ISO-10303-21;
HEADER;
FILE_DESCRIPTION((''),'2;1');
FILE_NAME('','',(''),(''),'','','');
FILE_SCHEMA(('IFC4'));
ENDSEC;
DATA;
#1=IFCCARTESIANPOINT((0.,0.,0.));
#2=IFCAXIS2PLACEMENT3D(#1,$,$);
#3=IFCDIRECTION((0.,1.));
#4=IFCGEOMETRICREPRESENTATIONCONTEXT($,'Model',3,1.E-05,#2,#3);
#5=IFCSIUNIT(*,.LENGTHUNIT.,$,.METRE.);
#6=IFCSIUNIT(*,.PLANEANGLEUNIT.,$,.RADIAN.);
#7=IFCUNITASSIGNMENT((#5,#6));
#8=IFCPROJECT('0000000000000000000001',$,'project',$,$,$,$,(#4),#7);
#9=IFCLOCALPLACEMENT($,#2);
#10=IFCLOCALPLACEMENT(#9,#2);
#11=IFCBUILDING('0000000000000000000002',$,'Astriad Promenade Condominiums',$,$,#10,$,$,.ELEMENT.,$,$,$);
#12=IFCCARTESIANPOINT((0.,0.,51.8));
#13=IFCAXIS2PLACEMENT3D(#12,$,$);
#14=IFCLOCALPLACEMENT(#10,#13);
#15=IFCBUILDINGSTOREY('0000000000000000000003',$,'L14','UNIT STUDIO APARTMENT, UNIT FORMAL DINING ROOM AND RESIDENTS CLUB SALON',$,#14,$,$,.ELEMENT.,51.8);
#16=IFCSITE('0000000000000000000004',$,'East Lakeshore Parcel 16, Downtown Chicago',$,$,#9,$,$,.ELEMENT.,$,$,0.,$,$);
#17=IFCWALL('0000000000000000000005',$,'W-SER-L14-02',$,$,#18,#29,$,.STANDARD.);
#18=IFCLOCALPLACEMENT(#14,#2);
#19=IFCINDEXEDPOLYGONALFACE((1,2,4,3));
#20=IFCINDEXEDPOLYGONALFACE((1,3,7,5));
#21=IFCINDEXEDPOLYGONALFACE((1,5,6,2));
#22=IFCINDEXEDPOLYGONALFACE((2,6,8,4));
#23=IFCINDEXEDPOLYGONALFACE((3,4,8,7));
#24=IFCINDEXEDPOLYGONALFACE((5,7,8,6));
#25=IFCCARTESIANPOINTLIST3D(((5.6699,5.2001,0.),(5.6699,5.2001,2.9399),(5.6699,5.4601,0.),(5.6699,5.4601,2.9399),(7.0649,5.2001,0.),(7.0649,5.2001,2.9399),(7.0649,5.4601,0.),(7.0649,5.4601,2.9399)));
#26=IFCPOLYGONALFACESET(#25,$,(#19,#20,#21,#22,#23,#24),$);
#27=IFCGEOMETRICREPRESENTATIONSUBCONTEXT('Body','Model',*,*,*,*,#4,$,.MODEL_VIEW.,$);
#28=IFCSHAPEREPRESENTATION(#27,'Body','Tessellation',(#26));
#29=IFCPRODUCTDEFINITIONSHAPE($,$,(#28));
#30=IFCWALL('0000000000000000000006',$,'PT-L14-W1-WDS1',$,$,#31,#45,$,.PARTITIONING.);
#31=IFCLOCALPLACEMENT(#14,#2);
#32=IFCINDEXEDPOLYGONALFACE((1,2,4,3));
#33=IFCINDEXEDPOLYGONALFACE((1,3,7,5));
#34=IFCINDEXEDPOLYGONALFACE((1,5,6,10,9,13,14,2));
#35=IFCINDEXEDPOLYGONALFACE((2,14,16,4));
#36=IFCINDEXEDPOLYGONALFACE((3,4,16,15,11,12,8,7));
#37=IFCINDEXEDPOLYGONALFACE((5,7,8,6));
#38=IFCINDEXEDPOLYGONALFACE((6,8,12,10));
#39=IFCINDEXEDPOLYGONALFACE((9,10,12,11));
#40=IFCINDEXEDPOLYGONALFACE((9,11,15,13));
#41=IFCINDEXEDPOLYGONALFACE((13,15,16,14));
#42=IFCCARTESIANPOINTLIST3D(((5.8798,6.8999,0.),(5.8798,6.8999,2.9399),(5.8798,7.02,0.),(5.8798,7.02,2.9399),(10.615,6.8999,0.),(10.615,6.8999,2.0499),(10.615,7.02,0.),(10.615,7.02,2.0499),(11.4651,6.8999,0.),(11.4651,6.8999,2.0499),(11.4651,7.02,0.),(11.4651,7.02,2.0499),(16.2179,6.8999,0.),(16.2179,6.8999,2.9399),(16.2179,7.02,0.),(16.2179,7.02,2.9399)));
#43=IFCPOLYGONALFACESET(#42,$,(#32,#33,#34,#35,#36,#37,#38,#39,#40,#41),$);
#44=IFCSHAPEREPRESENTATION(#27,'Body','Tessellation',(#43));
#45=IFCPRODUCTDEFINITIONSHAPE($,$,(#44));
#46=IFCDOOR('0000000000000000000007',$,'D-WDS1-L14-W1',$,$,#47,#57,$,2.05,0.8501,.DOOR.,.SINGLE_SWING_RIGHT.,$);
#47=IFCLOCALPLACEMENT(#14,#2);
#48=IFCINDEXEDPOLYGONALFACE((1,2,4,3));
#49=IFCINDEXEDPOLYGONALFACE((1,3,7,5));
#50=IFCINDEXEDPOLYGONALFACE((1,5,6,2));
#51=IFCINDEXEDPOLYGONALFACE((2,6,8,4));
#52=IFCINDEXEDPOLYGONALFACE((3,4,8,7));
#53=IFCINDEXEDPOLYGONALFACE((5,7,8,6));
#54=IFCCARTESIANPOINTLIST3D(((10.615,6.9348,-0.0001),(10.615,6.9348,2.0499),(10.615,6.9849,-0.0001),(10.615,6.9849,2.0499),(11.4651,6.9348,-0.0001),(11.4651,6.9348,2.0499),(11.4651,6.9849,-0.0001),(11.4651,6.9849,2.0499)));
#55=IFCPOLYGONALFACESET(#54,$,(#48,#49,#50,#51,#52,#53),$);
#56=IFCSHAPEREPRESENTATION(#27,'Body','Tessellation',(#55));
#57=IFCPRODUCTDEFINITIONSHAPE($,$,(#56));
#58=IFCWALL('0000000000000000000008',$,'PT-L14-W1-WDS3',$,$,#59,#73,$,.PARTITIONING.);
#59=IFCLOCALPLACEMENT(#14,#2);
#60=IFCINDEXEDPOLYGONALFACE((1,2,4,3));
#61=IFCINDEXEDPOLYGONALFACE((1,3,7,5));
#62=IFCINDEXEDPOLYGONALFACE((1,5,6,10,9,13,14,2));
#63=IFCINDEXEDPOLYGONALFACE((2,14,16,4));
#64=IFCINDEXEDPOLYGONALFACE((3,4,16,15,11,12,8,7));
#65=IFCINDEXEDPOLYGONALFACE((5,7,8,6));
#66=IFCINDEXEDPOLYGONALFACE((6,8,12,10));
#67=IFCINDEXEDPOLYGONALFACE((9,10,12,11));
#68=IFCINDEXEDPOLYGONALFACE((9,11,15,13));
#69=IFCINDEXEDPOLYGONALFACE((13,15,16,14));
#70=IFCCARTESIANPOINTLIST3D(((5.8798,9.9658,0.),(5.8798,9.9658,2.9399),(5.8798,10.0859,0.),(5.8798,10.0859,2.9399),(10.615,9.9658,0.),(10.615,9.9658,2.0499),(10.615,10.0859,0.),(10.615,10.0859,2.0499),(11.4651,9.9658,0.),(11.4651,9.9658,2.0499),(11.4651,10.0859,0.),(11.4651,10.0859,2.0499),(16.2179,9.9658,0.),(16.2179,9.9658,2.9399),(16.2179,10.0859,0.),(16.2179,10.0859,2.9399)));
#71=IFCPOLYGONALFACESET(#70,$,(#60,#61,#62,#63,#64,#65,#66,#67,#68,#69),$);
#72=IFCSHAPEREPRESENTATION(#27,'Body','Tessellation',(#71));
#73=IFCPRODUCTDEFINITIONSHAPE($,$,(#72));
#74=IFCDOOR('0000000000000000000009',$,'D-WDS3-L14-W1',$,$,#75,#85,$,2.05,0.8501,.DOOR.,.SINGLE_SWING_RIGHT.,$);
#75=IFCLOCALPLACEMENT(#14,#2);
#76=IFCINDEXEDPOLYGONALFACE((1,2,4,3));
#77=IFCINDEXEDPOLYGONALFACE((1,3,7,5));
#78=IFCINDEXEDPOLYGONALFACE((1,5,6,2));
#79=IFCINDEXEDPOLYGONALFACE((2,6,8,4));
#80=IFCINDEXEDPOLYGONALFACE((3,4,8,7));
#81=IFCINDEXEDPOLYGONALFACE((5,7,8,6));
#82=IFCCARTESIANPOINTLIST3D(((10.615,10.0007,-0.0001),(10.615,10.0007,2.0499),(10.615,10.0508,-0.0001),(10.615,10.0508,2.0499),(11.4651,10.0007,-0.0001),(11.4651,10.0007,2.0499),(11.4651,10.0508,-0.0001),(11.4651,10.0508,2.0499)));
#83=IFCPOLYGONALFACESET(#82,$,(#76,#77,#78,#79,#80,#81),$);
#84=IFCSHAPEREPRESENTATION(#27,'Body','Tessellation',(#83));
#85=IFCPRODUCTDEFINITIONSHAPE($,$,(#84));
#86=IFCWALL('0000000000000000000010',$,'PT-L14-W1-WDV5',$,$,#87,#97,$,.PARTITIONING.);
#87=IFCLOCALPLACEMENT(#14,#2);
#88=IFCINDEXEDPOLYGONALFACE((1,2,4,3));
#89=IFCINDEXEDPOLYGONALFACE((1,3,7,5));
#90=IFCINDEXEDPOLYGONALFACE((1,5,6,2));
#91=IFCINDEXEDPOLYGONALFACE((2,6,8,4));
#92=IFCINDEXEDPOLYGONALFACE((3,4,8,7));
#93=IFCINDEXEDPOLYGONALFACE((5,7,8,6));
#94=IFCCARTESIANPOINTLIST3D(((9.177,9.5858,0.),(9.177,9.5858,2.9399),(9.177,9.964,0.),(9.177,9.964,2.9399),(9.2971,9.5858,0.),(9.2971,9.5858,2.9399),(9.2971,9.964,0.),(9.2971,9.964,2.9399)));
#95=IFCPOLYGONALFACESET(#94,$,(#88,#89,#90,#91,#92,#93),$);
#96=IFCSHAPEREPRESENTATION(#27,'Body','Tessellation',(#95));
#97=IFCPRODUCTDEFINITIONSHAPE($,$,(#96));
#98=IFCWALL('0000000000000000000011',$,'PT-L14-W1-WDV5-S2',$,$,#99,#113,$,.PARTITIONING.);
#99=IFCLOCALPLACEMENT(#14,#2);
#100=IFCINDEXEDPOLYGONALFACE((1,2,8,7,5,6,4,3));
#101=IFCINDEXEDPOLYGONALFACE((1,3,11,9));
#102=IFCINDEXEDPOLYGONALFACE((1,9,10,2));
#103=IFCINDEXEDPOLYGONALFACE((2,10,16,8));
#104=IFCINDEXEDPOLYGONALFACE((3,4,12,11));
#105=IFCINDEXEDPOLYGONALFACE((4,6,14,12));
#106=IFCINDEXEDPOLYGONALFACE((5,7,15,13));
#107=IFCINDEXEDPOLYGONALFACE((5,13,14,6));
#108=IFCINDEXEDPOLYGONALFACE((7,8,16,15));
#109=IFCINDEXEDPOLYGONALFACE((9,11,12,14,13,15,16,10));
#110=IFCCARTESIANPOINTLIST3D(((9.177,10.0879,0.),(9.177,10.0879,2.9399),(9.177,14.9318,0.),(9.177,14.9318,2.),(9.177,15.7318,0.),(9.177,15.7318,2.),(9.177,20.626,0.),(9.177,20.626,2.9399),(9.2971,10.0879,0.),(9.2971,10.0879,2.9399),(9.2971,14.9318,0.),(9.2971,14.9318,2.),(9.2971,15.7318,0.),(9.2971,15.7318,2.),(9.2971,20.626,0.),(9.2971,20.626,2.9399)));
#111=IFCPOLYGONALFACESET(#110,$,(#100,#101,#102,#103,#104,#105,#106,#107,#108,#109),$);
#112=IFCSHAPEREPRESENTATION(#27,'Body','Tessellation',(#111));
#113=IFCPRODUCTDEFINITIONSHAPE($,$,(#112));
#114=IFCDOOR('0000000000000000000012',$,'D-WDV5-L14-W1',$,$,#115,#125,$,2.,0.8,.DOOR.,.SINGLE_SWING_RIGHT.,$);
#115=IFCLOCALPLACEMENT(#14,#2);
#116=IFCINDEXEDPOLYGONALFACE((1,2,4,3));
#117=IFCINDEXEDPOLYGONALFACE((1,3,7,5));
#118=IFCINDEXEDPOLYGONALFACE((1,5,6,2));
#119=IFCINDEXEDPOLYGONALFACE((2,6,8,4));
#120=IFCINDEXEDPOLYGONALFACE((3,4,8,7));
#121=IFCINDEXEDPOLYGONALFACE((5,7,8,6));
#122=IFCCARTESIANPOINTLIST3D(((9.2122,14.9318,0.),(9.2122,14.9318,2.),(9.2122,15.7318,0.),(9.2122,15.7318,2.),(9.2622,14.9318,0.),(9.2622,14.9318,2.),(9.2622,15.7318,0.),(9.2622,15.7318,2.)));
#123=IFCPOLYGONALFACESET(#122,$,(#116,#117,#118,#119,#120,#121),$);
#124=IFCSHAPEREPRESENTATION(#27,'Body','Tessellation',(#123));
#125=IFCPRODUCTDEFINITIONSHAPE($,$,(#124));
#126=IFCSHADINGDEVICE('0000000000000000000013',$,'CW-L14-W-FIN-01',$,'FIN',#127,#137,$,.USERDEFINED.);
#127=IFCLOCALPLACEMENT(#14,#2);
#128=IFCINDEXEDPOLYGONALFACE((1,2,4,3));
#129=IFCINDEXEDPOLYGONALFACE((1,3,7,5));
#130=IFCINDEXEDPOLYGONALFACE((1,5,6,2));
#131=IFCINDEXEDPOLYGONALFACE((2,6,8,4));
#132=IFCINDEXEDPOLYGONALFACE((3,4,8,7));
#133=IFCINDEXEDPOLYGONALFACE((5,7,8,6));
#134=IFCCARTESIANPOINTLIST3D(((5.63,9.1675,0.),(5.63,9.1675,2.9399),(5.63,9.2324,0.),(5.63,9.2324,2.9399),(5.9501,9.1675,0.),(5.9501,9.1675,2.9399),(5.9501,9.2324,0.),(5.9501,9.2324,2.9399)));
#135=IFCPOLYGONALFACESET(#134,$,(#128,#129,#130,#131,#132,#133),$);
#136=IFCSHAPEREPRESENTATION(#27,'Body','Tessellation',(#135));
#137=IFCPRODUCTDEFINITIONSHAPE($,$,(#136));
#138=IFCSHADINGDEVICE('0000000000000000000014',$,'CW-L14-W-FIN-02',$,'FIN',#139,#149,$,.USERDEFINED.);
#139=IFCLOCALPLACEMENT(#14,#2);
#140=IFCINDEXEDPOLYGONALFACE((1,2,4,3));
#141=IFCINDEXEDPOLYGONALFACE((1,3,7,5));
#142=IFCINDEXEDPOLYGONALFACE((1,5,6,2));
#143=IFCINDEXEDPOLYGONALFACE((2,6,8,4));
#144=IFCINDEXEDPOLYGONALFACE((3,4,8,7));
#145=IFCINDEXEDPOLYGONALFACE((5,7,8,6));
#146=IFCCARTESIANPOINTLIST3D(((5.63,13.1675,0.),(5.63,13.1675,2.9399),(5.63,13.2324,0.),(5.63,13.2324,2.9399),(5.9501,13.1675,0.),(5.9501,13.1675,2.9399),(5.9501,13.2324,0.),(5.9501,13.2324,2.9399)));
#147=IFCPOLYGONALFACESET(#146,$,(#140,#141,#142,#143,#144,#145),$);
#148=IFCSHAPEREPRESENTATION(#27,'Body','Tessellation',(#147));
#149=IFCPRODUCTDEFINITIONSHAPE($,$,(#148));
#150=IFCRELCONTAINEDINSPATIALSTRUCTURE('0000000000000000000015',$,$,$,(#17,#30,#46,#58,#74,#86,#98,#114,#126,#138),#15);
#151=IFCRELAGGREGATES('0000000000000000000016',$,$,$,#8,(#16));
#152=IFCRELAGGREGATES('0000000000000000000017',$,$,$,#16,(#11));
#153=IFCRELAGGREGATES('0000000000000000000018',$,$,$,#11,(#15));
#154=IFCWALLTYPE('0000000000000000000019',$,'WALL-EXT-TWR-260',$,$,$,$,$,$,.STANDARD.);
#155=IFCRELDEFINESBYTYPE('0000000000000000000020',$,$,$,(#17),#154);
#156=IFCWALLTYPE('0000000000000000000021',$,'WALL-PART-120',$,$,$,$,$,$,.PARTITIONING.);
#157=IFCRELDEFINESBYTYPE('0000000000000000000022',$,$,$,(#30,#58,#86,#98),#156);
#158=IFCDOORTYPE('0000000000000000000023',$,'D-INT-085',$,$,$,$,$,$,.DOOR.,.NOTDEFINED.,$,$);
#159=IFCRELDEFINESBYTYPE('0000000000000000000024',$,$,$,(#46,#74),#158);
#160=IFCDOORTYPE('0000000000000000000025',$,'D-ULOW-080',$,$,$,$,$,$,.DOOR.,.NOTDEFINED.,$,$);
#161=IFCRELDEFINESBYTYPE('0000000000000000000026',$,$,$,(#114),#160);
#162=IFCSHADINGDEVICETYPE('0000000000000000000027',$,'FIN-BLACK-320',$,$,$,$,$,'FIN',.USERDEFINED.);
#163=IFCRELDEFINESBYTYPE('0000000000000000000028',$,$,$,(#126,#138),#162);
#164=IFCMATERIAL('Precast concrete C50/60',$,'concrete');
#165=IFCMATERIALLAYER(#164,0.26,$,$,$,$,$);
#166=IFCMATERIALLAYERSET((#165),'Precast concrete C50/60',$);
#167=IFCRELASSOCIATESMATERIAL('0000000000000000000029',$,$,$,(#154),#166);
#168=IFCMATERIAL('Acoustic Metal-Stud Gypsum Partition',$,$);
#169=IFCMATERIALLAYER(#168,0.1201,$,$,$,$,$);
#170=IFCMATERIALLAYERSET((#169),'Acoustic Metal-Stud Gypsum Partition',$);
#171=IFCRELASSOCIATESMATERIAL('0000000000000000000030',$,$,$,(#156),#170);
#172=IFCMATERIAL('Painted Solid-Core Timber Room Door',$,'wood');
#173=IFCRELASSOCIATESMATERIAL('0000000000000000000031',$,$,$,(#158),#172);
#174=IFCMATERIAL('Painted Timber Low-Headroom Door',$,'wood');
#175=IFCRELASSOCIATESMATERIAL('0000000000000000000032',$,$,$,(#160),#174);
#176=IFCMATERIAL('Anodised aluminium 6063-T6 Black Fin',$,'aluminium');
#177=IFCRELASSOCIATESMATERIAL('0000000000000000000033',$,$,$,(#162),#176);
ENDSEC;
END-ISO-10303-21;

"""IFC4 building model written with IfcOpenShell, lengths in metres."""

from ifc_helpers import new_model, si_unit, direction, frame, frame_2d, origin, origin_2d, place, context, subcontext, project, spatial, rectangle, extrude, source, transform, mapped, material, layer, layer_set, type_object, type_shapes, element, fill, save


model = new_model("IFC4")

# Units and contexts
model_context = context("Model", 3, precision=1e-05, world=origin(), true_north=direction((0.0, 1.0)))
body_context = subcontext(model_context, "Body", "Model", "MODEL_VIEW")
ifc_project = project(units=[si_unit("LENGTHUNIT", "METRE"), si_unit("PLANEANGLEUNIT", "RADIAN")], contexts=[model_context])

# Site, building, storey
site_placement = place(None, origin())
site = spatial("IfcSite", under=ifc_project, at=site_placement, Name="East Lakeshore Parcel 16, Downtown Chicago", CompositionType="ELEMENT", RefElevation=0.0)
building_placement = place(site_placement, origin())
building = spatial("IfcBuilding", under=site, at=building_placement, Name="Astriad Promenade Condominiums", CompositionType="ELEMENT")
storey_placement = place(building_placement, frame((0.0, 0.0, 51.8)))
storey = spatial("IfcBuildingStorey", under=building, at=storey_placement, Name="L14", Description="UNIT STUDIO APARTMENT, UNIT FORMAL DINING ROOM AND RESIDENTS CLUB SALON", CompositionType="ELEMENT", Elevation=51.8)

# Wall
ifc_material_1 = material(Name="Precast concrete C50/60", Category="concrete")
ifc_layer_1 = layer(ifc_material_1, 0.26)
ifc_layer_set_1 = layer_set([ifc_layer_1], Name="Precast concrete C50/60")
wall_type_1 = type_object("IfcWallType", Name="WALL-EXT-TWR-260", PredefinedType="STANDARD", material=ifc_layer_set_1)
wall_1_placement = place(storey_placement, frame((7.0649, 5.3301, 0.0), z_axis=(0.0, 0.0, 1.0), x_axis=(-1.0, 0.0, 0.0)))
element("IfcWall", 1, at=wall_1_placement, inside=storey, type_object=wall_type_1, Name="W-SER-L14-02", PredefinedType="STANDARD", context=body_context, shape_type="SweptSolid", body=[
    extrude(rectangle(XDim=1.395, YDim=0.26, at=frame_2d((0.6975, 0.0))), origin(), (0.0, 0.0, 1.0), 2.9399),
])

# Walls, openings, doors
ifc_material_2 = material(Name="Acoustic Metal-Stud Gypsum Partition")
ifc_layer_2 = layer(ifc_material_2, 0.1201)
ifc_layer_set_2 = layer_set([ifc_layer_2], Name="Acoustic Metal-Stud Gypsum Partition")
wall_type_2 = type_object("IfcWallType", Name="WALL-PART-120", PredefinedType="PARTITIONING", material=ifc_layer_set_2)
wall_2_placement = place(storey_placement, frame((5.8799, 6.96, 0.0), z_axis=(0.0, 0.0, 1.0), x_axis=(1.0, 0.0, 0.0)))
wall_2 = element("IfcWall", 2, at=wall_2_placement, inside=storey, type_object=wall_type_2, Name="PT-L14-W1-WDS1", PredefinedType="PARTITIONING", context=body_context, shape_type="SweptSolid", body=[
    extrude(rectangle(XDim=10.3381, YDim=0.1201, at=frame_2d((5.1689, 0.0))), origin(), (0.0, 0.0, 1.0), 2.9399),
])
opening_1_placement = place(wall_2_placement, frame((4.7351, 0.0, 0.0)))
opening_1 = element("IfcOpeningElement", 3, at=opening_1_placement, cuts=wall_2, PredefinedType="OPENING", context=body_context, shape_type="SweptSolid", body=[
    extrude(rectangle(XDim=0.8501, YDim=2.05, at=frame_2d((0.425, 1.0249))), frame((0.0, 0.0701, 0.0), z_axis=(0.0, -1.0, 0.0), x_axis=(1.0, 0.0, 0.0)), (0.0, 0.0, 1.0), 0.1401),
])
ifc_material_3 = material(Name="Painted Solid-Core Timber Room Door", Category="wood")
door_type_1 = type_object("IfcDoorType", Name="D-INT-085", OperationType="NOTDEFINED", PredefinedType="DOOR", material=ifc_material_3)
shared_shape_1 = source(origin(), body_context, "Body", "SweptSolid", [
    extrude(rectangle(XDim=0.8501, YDim=2.05, at=frame_2d((0.425, 1.0249))), frame((0.0, 0.0249, 0.0), z_axis=(0.0, -1.0, 0.0), x_axis=(1.0, 0.0, 0.0)), (0.0, 0.0, 1.0), 0.05),
])
type_shapes(door_type_1, [shared_shape_1])
door_1_placement = place(opening_1_placement, origin())
door_1 = element("IfcDoor", 4, at=door_1_placement, inside=storey, type_object=door_type_1, Name="D-WDS1-L14-W1", OperationType="SINGLE_SWING_RIGHT", OverallHeight=2.05, OverallWidth=0.8501, PredefinedType="DOOR", context=body_context, shape_type="MappedRepresentation", body=[
    mapped(shared_shape_1, transform((0.0, 0.0, 0.0), scale=1.0)),
])
fill(opening_1, door_1)
wall_3_placement = place(storey_placement, frame((5.8799, 10.0259, 0.0), z_axis=(0.0, 0.0, 1.0), x_axis=(1.0, 0.0, 0.0)))
wall_3 = element("IfcWall", 5, at=wall_3_placement, inside=storey, type_object=wall_type_2, Name="PT-L14-W1-WDS3", PredefinedType="PARTITIONING", context=body_context, shape_type="SweptSolid", body=[
    extrude(rectangle(XDim=10.3381, YDim=0.1201, at=frame_2d((5.1689, 0.0))), origin(), (0.0, 0.0, 1.0), 2.9399),
])
opening_2_placement = place(wall_3_placement, frame((4.7351, 0.0, 0.0)))
opening_2 = element("IfcOpeningElement", 6, at=opening_2_placement, cuts=wall_3, PredefinedType="OPENING", context=body_context, shape_type="SweptSolid", body=[
    extrude(rectangle(XDim=0.8501, YDim=2.05, at=frame_2d((0.425, 1.0249))), frame((0.0, 0.0701, 0.0), z_axis=(0.0, -1.0, 0.0), x_axis=(1.0, 0.0, 0.0)), (0.0, 0.0, 1.0), 0.1401),
])
door_2_placement = place(opening_2_placement, origin())
door_2 = element("IfcDoor", 7, at=door_2_placement, inside=storey, type_object=door_type_1, Name="D-WDS3-L14-W1", OperationType="SINGLE_SWING_RIGHT", OverallHeight=2.05, OverallWidth=0.8501, PredefinedType="DOOR", context=body_context, shape_type="MappedRepresentation", body=[
    mapped(shared_shape_1, transform((0.0, 0.0, 0.0), scale=1.0)),
])
fill(opening_2, door_2)

# Wall
wall_4_placement = place(storey_placement, frame((9.2371, 9.5859, 0.0), z_axis=(0.0, 0.0, 1.0), x_axis=(0.0, 1.0, 0.0)))
element("IfcWall", 8, at=wall_4_placement, inside=storey, type_object=wall_type_2, Name="PT-L14-W1-WDV5", PredefinedType="PARTITIONING", context=body_context, shape_type="SweptSolid", body=[
    extrude(rectangle(XDim=0.3782, YDim=0.1201, at=frame_2d((0.189, 0.0))), origin(), (0.0, 0.0, 1.0), 2.9399),
])

# Wall, opening, door
wall_5_placement = place(storey_placement, frame((9.2371, 10.0879, 0.0), z_axis=(0.0, 0.0, 1.0), x_axis=(0.0, 1.0, 0.0)))
wall_5 = element("IfcWall", 9, at=wall_5_placement, inside=storey, type_object=wall_type_2, Name="PT-L14-W1-WDV5-S2", PredefinedType="PARTITIONING", context=body_context, shape_type="SweptSolid", body=[
    extrude(rectangle(XDim=10.5381, YDim=0.1201, at=frame_2d((5.269, 0.0))), origin(), (0.0, 0.0, 1.0), 2.9399),
])
opening_3_placement = place(wall_5_placement, frame((4.844, 0.0, 0.0)))
opening_3 = element("IfcOpeningElement", 10, at=opening_3_placement, cuts=wall_5, PredefinedType="OPENING", context=body_context, shape_type="SweptSolid", body=[
    extrude(rectangle(XDim=0.8, YDim=2.0, at=frame_2d((0.3999, 1.0))), frame((0.0, 0.0701, 0.0), z_axis=(0.0, -1.0, 0.0), x_axis=(1.0, 0.0, 0.0)), (0.0, 0.0, 1.0), 0.1401),
])
ifc_material_4 = material(Name="Painted Timber Low-Headroom Door", Category="wood")
door_type_2 = type_object("IfcDoorType", Name="D-ULOW-080", OperationType="NOTDEFINED", PredefinedType="DOOR", material=ifc_material_4)
shared_shape_2 = source(origin(), body_context, "Body", "SweptSolid", [
    extrude(rectangle(XDim=0.8, YDim=2.0, at=frame_2d((0.3999, 1.0))), frame((0.0, 0.0249, 0.0), z_axis=(0.0, -1.0, 0.0), x_axis=(1.0, 0.0, 0.0)), (0.0, 0.0, 1.0), 0.05),
])
type_shapes(door_type_2, [shared_shape_2])
door_3_placement = place(opening_3_placement, origin())
door_3 = element("IfcDoor", 11, at=door_3_placement, inside=storey, type_object=door_type_2, Name="D-WDV5-L14-W1", OperationType="SINGLE_SWING_RIGHT", OverallHeight=2.0, OverallWidth=0.8, PredefinedType="DOOR", context=body_context, shape_type="MappedRepresentation", body=[
    mapped(shared_shape_2, transform((0.0, 0.0, 0.0), scale=1.0)),
])
fill(opening_3, door_3)

# Shading devices
ifc_material_5 = material(Name="Anodised aluminium 6063-T6 Black Fin", Category="aluminium")
shading_device_type = type_object("IfcShadingDeviceType", Name="FIN-BLACK-320", ElementType="FIN", PredefinedType="USERDEFINED", material=ifc_material_5)
shared_shape_3 = source(origin(), body_context, "Body", "SweptSolid", [
    extrude(rectangle(XDim=0.0649, YDim=0.3201, at=origin_2d()), origin(), (0.0, 0.0, 1.0), 2.9399),
])
type_shapes(shading_device_type, [shared_shape_3])
for number, where, z_axis, x_axis, name in (
    (12, (5.79, 9.2, 0.0), (0.0, 0.0, 1.0), (0.0, 1.0, 0.0), "CW-L14-W-FIN-01"),
    (13, (5.79, 13.2, 0.0), (0.0, 0.0, 1.0), (0.0, 1.0, 0.0), "CW-L14-W-FIN-02"),
):
    element("IfcShadingDevice", number, at=place(storey_placement, frame(where, z_axis=z_axis, x_axis=x_axis)), inside=storey, type_object=shading_device_type, Name=name, ObjectType="FIN", PredefinedType="USERDEFINED", context=body_context, shape_type="MappedRepresentation", body=[
        mapped(shared_shape_3, transform((0.0, 0.0, 0.0), scale=1.0)),
    ])

save(model, "model.ifc")
